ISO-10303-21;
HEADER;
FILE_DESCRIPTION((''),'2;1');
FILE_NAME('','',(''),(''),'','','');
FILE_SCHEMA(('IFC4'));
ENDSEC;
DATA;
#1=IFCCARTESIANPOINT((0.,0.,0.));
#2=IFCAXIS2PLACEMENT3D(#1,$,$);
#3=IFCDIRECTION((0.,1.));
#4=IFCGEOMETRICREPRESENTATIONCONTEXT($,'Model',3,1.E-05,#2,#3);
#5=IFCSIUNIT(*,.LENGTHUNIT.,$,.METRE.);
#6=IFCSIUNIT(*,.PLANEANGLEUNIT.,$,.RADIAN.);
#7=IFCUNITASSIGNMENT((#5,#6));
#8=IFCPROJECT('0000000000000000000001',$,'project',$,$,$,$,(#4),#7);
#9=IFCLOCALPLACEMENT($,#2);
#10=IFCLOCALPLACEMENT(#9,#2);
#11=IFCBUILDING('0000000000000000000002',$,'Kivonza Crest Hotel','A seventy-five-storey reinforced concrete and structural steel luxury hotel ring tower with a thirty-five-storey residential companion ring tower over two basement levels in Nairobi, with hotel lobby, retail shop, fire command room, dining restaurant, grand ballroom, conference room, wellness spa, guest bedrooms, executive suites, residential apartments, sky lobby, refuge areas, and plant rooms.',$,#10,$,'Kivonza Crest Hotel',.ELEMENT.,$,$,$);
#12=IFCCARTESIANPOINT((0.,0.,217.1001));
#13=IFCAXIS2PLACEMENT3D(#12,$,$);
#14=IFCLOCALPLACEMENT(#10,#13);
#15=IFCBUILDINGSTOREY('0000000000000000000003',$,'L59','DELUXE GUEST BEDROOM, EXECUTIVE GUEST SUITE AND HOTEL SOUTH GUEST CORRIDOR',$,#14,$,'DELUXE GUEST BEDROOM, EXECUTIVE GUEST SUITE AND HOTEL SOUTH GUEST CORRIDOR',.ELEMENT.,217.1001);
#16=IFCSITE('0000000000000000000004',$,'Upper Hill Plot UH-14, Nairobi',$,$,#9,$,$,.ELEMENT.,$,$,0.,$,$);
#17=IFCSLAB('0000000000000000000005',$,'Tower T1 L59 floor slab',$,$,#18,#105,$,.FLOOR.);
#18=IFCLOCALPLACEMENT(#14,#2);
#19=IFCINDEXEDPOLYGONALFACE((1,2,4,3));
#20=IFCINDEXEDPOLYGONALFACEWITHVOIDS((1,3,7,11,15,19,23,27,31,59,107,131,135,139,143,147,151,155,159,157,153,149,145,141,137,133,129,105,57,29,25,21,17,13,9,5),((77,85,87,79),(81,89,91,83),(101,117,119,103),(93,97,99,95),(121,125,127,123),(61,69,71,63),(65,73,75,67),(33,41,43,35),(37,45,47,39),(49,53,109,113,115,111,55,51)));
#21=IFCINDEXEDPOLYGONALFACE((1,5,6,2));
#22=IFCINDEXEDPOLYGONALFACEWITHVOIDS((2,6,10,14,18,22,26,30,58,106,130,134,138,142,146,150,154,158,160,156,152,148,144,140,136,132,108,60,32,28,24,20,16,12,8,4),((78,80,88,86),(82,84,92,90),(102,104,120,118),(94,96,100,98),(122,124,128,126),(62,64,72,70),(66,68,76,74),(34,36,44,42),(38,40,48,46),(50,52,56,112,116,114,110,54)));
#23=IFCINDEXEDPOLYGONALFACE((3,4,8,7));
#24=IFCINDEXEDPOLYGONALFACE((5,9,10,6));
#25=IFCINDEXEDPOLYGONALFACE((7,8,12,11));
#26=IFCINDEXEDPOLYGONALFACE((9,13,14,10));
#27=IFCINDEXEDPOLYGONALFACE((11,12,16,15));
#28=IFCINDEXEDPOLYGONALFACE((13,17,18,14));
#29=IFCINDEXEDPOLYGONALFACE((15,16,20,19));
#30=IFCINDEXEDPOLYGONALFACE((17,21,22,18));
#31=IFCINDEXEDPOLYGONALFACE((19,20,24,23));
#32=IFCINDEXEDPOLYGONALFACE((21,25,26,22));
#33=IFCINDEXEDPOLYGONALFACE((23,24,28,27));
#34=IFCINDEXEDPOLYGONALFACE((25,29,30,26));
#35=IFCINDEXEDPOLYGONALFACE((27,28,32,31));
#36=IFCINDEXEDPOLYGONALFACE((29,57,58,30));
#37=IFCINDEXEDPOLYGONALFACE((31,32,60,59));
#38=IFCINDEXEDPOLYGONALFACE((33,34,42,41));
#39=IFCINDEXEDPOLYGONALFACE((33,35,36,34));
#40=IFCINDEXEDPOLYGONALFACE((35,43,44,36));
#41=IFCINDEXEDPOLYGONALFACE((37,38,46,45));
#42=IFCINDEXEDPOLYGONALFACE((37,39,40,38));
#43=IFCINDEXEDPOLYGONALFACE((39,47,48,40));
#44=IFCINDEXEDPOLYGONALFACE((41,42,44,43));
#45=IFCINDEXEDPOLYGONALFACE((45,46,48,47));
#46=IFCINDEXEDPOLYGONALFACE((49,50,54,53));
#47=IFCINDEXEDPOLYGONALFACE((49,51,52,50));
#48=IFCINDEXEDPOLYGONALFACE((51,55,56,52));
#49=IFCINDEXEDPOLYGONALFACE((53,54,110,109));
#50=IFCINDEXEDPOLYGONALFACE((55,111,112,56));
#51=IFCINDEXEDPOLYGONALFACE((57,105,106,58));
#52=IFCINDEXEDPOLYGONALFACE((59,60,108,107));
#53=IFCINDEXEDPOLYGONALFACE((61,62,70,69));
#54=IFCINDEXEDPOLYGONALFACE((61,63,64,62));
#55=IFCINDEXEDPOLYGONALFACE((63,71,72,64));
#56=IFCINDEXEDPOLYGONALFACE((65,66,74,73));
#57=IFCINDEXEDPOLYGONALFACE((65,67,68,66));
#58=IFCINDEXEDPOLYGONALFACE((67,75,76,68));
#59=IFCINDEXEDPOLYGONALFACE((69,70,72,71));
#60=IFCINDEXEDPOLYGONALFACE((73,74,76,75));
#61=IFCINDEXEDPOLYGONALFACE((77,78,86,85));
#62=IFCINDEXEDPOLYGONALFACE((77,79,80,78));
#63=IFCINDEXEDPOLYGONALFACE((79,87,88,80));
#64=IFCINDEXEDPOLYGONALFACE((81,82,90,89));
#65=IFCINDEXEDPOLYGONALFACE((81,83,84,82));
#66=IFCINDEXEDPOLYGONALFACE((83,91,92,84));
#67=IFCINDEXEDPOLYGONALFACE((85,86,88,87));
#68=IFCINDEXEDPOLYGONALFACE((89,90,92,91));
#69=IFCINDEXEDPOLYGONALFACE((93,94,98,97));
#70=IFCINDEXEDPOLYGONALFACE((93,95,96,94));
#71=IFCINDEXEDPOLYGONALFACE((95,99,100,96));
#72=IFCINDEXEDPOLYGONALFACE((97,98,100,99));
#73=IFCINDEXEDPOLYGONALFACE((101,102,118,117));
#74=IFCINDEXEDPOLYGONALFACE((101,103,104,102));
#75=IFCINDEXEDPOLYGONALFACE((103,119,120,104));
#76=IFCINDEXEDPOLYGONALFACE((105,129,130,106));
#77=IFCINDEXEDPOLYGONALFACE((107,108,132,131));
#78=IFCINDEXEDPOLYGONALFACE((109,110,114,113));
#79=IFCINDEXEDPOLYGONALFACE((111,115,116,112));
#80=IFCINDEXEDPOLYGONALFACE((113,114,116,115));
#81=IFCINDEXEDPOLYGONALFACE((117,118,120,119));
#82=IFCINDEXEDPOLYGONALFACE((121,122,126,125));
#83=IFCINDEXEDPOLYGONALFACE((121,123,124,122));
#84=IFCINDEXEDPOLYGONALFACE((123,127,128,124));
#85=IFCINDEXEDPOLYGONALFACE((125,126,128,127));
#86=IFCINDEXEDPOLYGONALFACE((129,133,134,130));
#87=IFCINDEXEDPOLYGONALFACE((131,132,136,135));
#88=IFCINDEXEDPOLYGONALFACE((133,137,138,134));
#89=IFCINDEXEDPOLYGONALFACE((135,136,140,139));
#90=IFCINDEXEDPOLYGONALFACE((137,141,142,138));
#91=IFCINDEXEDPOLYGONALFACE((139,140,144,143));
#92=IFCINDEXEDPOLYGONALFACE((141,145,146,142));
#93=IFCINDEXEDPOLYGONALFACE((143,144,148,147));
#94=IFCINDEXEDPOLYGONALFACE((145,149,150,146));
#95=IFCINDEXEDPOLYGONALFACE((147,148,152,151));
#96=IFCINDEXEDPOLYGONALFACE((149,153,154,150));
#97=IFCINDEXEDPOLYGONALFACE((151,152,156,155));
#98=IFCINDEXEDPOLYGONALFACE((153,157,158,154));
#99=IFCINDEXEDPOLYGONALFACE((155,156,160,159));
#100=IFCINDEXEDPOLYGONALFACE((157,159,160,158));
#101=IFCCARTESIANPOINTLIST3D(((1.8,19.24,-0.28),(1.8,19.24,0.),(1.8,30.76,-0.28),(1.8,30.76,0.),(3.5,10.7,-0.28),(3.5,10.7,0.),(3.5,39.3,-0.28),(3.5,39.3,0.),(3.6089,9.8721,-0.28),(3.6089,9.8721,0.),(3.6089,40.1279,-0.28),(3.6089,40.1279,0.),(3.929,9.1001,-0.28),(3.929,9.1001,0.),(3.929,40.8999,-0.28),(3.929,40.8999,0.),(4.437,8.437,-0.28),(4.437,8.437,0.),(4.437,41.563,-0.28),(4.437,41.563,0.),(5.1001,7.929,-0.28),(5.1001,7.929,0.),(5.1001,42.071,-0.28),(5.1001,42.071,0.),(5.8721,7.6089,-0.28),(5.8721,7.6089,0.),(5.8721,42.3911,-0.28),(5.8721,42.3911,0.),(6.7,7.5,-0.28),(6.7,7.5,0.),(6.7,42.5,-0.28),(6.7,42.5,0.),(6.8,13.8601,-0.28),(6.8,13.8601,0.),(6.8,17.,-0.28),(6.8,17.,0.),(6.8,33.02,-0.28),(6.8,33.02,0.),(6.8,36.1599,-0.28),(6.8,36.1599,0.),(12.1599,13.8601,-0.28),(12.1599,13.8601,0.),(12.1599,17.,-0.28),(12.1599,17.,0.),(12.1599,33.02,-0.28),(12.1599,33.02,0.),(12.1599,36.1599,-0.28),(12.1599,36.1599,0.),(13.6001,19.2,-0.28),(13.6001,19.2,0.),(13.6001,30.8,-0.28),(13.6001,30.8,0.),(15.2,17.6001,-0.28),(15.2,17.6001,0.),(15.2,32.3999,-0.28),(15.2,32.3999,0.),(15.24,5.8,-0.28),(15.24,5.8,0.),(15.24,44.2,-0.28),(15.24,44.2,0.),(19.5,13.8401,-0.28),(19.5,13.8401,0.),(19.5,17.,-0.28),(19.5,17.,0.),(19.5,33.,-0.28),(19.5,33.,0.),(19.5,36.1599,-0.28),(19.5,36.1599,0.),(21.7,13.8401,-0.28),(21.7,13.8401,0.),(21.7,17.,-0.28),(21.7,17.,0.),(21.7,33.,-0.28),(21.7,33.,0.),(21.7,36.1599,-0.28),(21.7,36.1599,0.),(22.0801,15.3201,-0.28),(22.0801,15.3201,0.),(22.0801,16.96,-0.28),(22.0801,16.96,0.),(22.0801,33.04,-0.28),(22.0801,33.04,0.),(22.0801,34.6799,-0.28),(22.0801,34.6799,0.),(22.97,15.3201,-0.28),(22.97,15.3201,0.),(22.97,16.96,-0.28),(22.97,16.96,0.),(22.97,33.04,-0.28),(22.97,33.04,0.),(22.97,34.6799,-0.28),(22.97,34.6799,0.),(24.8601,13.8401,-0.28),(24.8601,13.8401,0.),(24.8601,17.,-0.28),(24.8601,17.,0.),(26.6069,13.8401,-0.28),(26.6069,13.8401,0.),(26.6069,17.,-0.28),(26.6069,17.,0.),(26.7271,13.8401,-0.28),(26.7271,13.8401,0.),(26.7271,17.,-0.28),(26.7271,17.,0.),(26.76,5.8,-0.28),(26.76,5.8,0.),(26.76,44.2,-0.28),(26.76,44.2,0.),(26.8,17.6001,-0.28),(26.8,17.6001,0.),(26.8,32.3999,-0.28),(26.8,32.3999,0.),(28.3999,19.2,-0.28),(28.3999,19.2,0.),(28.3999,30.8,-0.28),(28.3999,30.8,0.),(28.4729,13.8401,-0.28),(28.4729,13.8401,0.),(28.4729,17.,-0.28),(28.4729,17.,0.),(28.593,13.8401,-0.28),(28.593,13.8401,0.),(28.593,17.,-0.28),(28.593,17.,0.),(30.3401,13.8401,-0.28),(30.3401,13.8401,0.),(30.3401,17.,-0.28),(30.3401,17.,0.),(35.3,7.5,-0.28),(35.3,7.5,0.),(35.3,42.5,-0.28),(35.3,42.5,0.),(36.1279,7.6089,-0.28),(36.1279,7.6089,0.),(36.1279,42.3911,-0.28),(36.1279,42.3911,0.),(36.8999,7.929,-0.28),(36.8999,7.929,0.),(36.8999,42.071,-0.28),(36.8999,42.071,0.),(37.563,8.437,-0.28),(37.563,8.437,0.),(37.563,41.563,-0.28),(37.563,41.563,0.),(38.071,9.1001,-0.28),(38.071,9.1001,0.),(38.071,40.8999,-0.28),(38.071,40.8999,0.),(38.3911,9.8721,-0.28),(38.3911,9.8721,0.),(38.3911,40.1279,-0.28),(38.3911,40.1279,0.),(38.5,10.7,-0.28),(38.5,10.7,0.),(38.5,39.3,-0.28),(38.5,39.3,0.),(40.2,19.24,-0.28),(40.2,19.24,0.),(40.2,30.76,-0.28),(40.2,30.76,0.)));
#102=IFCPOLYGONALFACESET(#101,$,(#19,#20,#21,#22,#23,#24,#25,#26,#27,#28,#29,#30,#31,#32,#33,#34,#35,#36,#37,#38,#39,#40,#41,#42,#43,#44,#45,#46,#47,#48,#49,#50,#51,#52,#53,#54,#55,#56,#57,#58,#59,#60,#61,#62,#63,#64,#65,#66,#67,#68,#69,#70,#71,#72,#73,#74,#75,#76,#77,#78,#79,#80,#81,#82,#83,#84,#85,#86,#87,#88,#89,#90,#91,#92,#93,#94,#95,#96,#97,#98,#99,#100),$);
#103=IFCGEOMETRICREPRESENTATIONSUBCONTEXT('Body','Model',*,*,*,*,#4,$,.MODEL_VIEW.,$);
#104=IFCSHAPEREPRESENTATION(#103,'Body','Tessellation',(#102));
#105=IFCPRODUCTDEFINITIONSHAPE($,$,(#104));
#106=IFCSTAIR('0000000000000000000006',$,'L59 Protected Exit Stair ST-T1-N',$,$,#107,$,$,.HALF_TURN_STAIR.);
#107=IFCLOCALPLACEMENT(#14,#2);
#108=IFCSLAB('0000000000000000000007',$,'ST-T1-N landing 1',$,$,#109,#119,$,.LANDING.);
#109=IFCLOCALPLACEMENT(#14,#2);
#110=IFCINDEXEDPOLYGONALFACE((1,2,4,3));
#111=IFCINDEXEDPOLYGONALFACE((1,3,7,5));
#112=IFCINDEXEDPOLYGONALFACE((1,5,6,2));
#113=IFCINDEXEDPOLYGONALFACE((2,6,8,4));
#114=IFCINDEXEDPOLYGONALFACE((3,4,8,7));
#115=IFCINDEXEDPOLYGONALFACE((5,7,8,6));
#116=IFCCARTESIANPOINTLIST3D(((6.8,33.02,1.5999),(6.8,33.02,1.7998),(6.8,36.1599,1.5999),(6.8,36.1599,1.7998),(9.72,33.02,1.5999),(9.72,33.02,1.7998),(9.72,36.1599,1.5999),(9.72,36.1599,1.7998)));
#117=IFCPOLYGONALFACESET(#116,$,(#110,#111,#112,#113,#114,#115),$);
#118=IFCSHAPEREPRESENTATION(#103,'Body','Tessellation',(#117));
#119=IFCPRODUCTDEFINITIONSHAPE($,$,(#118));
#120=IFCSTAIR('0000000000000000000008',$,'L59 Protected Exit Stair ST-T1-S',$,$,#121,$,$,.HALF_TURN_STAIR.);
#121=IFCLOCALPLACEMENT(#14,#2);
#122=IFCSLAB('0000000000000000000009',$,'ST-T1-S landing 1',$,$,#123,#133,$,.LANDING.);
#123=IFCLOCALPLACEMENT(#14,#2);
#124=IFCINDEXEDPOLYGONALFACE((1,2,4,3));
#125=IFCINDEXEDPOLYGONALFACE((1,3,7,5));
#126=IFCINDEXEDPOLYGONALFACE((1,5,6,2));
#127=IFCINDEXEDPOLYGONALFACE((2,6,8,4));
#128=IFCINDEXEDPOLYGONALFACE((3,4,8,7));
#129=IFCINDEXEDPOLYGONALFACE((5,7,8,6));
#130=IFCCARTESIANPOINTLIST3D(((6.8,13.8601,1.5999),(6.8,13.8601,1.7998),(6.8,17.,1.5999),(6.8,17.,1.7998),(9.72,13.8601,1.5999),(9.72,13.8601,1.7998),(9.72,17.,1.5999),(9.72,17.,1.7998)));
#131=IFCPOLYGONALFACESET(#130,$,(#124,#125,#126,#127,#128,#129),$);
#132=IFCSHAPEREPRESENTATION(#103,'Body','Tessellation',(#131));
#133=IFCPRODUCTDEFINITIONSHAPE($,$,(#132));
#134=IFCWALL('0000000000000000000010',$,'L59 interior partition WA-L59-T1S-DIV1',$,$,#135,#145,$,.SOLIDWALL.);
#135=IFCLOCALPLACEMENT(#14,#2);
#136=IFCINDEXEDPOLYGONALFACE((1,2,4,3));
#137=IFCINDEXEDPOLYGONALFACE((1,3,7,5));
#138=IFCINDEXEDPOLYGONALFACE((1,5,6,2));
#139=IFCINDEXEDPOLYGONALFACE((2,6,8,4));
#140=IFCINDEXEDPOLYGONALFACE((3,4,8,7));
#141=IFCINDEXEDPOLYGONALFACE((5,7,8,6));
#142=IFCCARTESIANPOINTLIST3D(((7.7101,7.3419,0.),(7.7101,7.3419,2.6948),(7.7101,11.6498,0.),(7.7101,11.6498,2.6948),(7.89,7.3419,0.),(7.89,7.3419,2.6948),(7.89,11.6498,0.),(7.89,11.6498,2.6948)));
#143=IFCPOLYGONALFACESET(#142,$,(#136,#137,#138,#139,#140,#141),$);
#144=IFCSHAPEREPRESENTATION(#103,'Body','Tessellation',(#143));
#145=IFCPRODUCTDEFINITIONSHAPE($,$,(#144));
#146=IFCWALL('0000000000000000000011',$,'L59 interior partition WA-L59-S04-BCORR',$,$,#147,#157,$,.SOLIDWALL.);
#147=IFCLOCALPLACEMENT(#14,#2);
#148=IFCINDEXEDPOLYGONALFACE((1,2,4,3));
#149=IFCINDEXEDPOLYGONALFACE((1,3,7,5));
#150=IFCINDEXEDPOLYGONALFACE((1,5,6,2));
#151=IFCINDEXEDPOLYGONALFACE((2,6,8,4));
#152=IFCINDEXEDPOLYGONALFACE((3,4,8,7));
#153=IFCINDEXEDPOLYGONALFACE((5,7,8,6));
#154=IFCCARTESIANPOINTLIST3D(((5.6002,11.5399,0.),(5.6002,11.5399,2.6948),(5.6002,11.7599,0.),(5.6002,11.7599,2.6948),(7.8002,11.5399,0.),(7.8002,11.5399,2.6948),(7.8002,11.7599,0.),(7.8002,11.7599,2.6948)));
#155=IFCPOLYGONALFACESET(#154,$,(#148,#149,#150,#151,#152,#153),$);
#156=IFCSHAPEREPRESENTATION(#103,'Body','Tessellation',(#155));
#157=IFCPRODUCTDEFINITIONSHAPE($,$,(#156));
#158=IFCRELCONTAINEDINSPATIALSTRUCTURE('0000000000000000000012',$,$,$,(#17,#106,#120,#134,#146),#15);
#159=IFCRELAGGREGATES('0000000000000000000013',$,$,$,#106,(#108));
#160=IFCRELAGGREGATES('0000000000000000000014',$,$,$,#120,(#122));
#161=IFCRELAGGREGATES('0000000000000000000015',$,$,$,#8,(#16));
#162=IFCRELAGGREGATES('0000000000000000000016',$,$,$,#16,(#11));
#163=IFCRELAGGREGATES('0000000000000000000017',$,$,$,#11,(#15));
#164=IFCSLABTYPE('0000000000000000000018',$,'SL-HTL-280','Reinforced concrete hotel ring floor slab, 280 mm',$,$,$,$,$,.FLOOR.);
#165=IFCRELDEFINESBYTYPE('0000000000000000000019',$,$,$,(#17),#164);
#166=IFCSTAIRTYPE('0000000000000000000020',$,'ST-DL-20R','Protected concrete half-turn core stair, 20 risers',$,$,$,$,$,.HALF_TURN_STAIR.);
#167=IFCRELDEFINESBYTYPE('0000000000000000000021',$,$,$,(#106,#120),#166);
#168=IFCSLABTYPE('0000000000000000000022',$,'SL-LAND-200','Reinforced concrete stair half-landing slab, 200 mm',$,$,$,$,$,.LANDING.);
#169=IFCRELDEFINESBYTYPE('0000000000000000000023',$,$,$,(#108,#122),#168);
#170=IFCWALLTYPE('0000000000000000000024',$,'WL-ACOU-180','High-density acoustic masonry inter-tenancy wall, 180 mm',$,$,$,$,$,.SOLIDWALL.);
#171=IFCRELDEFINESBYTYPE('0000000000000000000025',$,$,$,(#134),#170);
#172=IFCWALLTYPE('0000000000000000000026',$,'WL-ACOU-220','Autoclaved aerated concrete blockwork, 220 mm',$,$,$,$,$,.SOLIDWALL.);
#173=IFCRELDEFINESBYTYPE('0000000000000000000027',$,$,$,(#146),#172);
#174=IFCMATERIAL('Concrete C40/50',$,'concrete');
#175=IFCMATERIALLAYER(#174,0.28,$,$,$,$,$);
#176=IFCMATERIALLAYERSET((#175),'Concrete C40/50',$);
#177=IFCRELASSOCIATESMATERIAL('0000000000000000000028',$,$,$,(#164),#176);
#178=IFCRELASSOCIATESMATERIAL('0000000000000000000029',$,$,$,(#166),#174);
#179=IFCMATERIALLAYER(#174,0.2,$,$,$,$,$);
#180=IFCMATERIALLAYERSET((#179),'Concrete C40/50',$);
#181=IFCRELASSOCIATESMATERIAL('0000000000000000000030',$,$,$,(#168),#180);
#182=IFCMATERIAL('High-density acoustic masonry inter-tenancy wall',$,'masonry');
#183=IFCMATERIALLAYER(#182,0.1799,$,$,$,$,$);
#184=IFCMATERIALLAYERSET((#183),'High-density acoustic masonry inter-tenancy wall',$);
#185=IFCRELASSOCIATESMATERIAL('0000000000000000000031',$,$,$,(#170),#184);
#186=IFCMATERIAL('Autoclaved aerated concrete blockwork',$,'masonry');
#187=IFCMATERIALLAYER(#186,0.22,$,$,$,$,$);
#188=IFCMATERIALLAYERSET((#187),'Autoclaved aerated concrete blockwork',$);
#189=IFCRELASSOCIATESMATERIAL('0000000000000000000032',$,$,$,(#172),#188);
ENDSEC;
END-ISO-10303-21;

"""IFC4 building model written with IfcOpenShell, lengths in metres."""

from ifc_helpers import new_model, si_unit, direction, frame, frame_2d, origin, place, context, subcontext, project, spatial, polyline, rectangle, outline, extrude, material, layer, layer_set, type_object, element, aggregate, save


model = new_model("IFC4")

# Units and contexts
model_context = context("Model", 3, precision=1e-05, world=origin(), true_north=direction((0.0, 1.0)))
body_context = subcontext(model_context, "Body", "Model", "MODEL_VIEW")
ifc_project = project(units=[si_unit("LENGTHUNIT", "METRE"), si_unit("PLANEANGLEUNIT", "RADIAN")], contexts=[model_context])

# Site, building, storey
site_placement = place(None, origin())
site = spatial("IfcSite", under=ifc_project, at=site_placement, Name="Upper Hill Plot UH-14, Nairobi", CompositionType="ELEMENT", RefElevation=0.0)
building_placement = place(site_placement, origin())
building = spatial("IfcBuilding", under=site, at=building_placement, Name="Kivonza Crest Hotel", Description="A seventy-five-storey reinforced concrete and structural steel luxury hotel ring tower with a thirty-five-storey residential companion ring tower over two basement levels in Nairobi, with hotel lobby, retail shop, fire command room, dining restaurant, grand ballroom, conference room, wellness spa, guest bedrooms, executive suites, residential apartments, sky lobby, refuge areas, and plant rooms.", LongName="Kivonza Crest Hotel", CompositionType="ELEMENT")
storey_placement = place(building_placement, frame((0.0, 0.0, 217.1001)))
storey = spatial("IfcBuildingStorey", under=building, at=storey_placement, Name="L59", Description="DELUXE GUEST BEDROOM, EXECUTIVE GUEST SUITE AND HOTEL SOUTH GUEST CORRIDOR", LongName="DELUXE GUEST BEDROOM, EXECUTIVE GUEST SUITE AND HOTEL SOUTH GUEST CORRIDOR", CompositionType="ELEMENT", Elevation=217.1001)

# Slab
ifc_material_1 = material(Name="Concrete C40/50", Category="concrete")
ifc_layer_1 = layer(ifc_material_1, 0.28)
ifc_layer_set_1 = layer_set([ifc_layer_1], Name="Concrete C40/50")
slab_type_1 = type_object("IfcSlabType", Name="SL-HTL-280", Description="Reinforced concrete hotel ring floor slab, 280 mm", PredefinedType="FLOOR", material=ifc_layer_set_1)
slab_1_placement = place(storey_placement, frame((0.0, 0.0, -0.28)))
element("IfcSlab", 1, at=slab_1_placement, inside=storey, type_object=slab_type_1, Name="Tower T1 L59 floor slab", PredefinedType="FLOOR", context=body_context, shape_type="SweptSolid", body=[
    extrude(outline(polyline([(3.5, 10.7), (3.6089, 9.8721), (3.929, 9.1001), (4.437, 8.437), (5.1001, 7.929), (5.8721, 7.6089), (6.7, 7.5), (15.24, 5.8), (26.76, 5.8), (35.3, 7.5), (36.1279, 7.6089), (36.8999, 7.929), (37.563, 8.437), (38.071, 9.1001), (38.3911, 9.8721), (38.5, 10.7), (40.2, 19.24), (40.2, 30.76), (38.5, 39.3), (38.3911, 40.1279), (38.071, 40.8999), (37.563, 41.563), (36.8999, 42.071), (36.1279, 42.3911), (35.3, 42.5), (26.76, 44.2), (15.24, 44.2), (6.7, 42.5), (5.8721, 42.3911), (5.1001, 42.071), (4.437, 41.563), (3.929, 40.8999), (3.6089, 40.1279), (3.5, 39.3), (1.8, 30.76), (1.8, 19.24), (3.5, 10.7)]), holes=[polyline([(15.2, 17.6001), (26.8, 17.6001), (28.3999, 19.2), (28.3999, 30.8), (26.8, 32.3999), (15.2, 32.3999), (13.6001, 30.8), (13.6001, 19.2), (15.2, 17.6001)]), polyline([(6.8, 33.02), (12.1599, 33.02), (12.1599, 36.1599), (6.8, 36.1599), (6.8, 33.02)]), polyline([(6.8, 13.8601), (12.1599, 13.8601), (12.1599, 17.0), (6.8, 17.0), (6.8, 13.8601)]), polyline([(22.0801, 33.04), (22.97, 33.04), (22.97, 34.6799), (22.0801, 34.6799), (22.0801, 33.04)]), polyline([(22.0801, 15.3201), (22.97, 15.3201), (22.97, 16.96), (22.0801, 16.96), (22.0801, 15.3201)]), polyline([(19.5, 33.0), (21.7, 33.0), (21.7, 36.1599), (19.5, 36.1599), (19.5, 33.0)]), polyline([(19.5, 13.8401), (21.7, 13.8401), (21.7, 17.0), (19.5, 17.0), (19.5, 13.8401)]), polyline([(24.8601, 13.8401), (26.6069, 13.8401), (26.6069, 17.0), (24.8601, 17.0), (24.8601, 13.8401)]), polyline([(26.7271, 13.8401), (28.4729, 13.8401), (28.4729, 17.0), (26.7271, 17.0), (26.7271, 13.8401)]), polyline([(28.593, 13.8401), (30.3401, 13.8401), (30.3401, 17.0), (28.593, 17.0), (28.593, 13.8401)])]), origin(), (0.0, 0.0, 1.0), 0.28),
])

# Stairs, slabs
stair_type = type_object("IfcStairType", Name="ST-DL-20R", Description="Protected concrete half-turn core stair, 20 risers", PredefinedType="HALF_TURN_STAIR", material=ifc_material_1)
stair_1_placement = place(storey_placement, origin())
stair_1 = element("IfcStair", 2, at=stair_1_placement, inside=storey, type_object=stair_type, Name="L59 Protected Exit Stair ST-T1-N", PredefinedType="HALF_TURN_STAIR")
ifc_layer_2 = layer(ifc_material_1, 0.2)
ifc_layer_set_2 = layer_set([ifc_layer_2], Name="Concrete C40/50")
slab_type_2 = type_object("IfcSlabType", Name="SL-LAND-200", Description="Reinforced concrete stair half-landing slab, 200 mm", PredefinedType="LANDING", material=ifc_layer_set_2)
slab_2_placement = place(storey_placement, frame((0.0, 0.0, 1.5999)))
slab_2 = element("IfcSlab", 3, at=slab_2_placement, type_object=slab_type_2, Name="ST-T1-N landing 1", PredefinedType="LANDING", context=body_context, shape_type="SweptSolid", body=[
    extrude(outline(polyline([(9.72, 36.1599), (6.8, 36.1599), (6.8, 33.02), (9.72, 33.02), (9.72, 36.1599)])), origin(), (0.0, 0.0, 1.0), 0.2),
])
aggregate(stair_1, [slab_2])
stair_2_placement = place(storey_placement, origin())
stair_2 = element("IfcStair", 4, at=stair_2_placement, inside=storey, type_object=stair_type, Name="L59 Protected Exit Stair ST-T1-S", PredefinedType="HALF_TURN_STAIR")
slab_3_placement = place(storey_placement, frame((0.0, 0.0, 1.5999)))
slab_3 = element("IfcSlab", 5, at=slab_3_placement, type_object=slab_type_2, Name="ST-T1-S landing 1", PredefinedType="LANDING", context=body_context, shape_type="SweptSolid", body=[
    extrude(outline(polyline([(9.72, 17.0), (6.8, 17.0), (6.8, 13.8601), (9.72, 13.8601), (9.72, 17.0)])), origin(), (0.0, 0.0, 1.0), 0.2),
])
aggregate(stair_2, [slab_3])

# Walls
ifc_material_2 = material(Name="High-density acoustic masonry inter-tenancy wall", Category="masonry")
ifc_layer_3 = layer(ifc_material_2, 0.1799)
ifc_layer_set_3 = layer_set([ifc_layer_3], Name="High-density acoustic masonry inter-tenancy wall")
wall_type_1 = type_object("IfcWallType", Name="WL-ACOU-180", Description="High-density acoustic masonry inter-tenancy wall, 180 mm", PredefinedType="SOLIDWALL", material=ifc_layer_set_3)
wall_1_placement = place(storey_placement, frame((7.8, 7.342, 0.0), z_axis=(0.0, 0.0, 1.0), x_axis=(0.0, 1.0, 0.0)))
element("IfcWall", 6, at=wall_1_placement, inside=storey, type_object=wall_type_1, Name="L59 interior partition WA-L59-T1S-DIV1", PredefinedType="SOLIDWALL", context=body_context, shape_type="SweptSolid", body=[
    extrude(rectangle(XDim=4.3079, YDim=0.1799, at=frame_2d((2.1538, 0.0))), origin(), (0.0, 0.0, 1.0), 2.6948),
])
ifc_material_3 = material(Name="Autoclaved aerated concrete blockwork", Category="masonry")
ifc_layer_4 = layer(ifc_material_3, 0.22)
ifc_layer_set_4 = layer_set([ifc_layer_4], Name="Autoclaved aerated concrete blockwork")
wall_type_2 = type_object("IfcWallType", Name="WL-ACOU-220", Description="Autoclaved aerated concrete blockwork, 220 mm", PredefinedType="SOLIDWALL", material=ifc_layer_set_4)
wall_2_placement = place(storey_placement, frame((5.6001, 11.6499, 0.0), z_axis=(0.0, 0.0, 1.0), x_axis=(1.0, 0.0, 0.0)))
element("IfcWall", 7, at=wall_2_placement, inside=storey, type_object=wall_type_2, Name="L59 interior partition WA-L59-S04-BCORR", PredefinedType="SOLIDWALL", context=body_context, shape_type="SweptSolid", body=[
    extrude(rectangle(XDim=2.2, YDim=0.22, at=frame_2d((1.1001, 0.0))), origin(), (0.0, 0.0, 1.0), 2.6948),
])

save(model, "model.ifc")
